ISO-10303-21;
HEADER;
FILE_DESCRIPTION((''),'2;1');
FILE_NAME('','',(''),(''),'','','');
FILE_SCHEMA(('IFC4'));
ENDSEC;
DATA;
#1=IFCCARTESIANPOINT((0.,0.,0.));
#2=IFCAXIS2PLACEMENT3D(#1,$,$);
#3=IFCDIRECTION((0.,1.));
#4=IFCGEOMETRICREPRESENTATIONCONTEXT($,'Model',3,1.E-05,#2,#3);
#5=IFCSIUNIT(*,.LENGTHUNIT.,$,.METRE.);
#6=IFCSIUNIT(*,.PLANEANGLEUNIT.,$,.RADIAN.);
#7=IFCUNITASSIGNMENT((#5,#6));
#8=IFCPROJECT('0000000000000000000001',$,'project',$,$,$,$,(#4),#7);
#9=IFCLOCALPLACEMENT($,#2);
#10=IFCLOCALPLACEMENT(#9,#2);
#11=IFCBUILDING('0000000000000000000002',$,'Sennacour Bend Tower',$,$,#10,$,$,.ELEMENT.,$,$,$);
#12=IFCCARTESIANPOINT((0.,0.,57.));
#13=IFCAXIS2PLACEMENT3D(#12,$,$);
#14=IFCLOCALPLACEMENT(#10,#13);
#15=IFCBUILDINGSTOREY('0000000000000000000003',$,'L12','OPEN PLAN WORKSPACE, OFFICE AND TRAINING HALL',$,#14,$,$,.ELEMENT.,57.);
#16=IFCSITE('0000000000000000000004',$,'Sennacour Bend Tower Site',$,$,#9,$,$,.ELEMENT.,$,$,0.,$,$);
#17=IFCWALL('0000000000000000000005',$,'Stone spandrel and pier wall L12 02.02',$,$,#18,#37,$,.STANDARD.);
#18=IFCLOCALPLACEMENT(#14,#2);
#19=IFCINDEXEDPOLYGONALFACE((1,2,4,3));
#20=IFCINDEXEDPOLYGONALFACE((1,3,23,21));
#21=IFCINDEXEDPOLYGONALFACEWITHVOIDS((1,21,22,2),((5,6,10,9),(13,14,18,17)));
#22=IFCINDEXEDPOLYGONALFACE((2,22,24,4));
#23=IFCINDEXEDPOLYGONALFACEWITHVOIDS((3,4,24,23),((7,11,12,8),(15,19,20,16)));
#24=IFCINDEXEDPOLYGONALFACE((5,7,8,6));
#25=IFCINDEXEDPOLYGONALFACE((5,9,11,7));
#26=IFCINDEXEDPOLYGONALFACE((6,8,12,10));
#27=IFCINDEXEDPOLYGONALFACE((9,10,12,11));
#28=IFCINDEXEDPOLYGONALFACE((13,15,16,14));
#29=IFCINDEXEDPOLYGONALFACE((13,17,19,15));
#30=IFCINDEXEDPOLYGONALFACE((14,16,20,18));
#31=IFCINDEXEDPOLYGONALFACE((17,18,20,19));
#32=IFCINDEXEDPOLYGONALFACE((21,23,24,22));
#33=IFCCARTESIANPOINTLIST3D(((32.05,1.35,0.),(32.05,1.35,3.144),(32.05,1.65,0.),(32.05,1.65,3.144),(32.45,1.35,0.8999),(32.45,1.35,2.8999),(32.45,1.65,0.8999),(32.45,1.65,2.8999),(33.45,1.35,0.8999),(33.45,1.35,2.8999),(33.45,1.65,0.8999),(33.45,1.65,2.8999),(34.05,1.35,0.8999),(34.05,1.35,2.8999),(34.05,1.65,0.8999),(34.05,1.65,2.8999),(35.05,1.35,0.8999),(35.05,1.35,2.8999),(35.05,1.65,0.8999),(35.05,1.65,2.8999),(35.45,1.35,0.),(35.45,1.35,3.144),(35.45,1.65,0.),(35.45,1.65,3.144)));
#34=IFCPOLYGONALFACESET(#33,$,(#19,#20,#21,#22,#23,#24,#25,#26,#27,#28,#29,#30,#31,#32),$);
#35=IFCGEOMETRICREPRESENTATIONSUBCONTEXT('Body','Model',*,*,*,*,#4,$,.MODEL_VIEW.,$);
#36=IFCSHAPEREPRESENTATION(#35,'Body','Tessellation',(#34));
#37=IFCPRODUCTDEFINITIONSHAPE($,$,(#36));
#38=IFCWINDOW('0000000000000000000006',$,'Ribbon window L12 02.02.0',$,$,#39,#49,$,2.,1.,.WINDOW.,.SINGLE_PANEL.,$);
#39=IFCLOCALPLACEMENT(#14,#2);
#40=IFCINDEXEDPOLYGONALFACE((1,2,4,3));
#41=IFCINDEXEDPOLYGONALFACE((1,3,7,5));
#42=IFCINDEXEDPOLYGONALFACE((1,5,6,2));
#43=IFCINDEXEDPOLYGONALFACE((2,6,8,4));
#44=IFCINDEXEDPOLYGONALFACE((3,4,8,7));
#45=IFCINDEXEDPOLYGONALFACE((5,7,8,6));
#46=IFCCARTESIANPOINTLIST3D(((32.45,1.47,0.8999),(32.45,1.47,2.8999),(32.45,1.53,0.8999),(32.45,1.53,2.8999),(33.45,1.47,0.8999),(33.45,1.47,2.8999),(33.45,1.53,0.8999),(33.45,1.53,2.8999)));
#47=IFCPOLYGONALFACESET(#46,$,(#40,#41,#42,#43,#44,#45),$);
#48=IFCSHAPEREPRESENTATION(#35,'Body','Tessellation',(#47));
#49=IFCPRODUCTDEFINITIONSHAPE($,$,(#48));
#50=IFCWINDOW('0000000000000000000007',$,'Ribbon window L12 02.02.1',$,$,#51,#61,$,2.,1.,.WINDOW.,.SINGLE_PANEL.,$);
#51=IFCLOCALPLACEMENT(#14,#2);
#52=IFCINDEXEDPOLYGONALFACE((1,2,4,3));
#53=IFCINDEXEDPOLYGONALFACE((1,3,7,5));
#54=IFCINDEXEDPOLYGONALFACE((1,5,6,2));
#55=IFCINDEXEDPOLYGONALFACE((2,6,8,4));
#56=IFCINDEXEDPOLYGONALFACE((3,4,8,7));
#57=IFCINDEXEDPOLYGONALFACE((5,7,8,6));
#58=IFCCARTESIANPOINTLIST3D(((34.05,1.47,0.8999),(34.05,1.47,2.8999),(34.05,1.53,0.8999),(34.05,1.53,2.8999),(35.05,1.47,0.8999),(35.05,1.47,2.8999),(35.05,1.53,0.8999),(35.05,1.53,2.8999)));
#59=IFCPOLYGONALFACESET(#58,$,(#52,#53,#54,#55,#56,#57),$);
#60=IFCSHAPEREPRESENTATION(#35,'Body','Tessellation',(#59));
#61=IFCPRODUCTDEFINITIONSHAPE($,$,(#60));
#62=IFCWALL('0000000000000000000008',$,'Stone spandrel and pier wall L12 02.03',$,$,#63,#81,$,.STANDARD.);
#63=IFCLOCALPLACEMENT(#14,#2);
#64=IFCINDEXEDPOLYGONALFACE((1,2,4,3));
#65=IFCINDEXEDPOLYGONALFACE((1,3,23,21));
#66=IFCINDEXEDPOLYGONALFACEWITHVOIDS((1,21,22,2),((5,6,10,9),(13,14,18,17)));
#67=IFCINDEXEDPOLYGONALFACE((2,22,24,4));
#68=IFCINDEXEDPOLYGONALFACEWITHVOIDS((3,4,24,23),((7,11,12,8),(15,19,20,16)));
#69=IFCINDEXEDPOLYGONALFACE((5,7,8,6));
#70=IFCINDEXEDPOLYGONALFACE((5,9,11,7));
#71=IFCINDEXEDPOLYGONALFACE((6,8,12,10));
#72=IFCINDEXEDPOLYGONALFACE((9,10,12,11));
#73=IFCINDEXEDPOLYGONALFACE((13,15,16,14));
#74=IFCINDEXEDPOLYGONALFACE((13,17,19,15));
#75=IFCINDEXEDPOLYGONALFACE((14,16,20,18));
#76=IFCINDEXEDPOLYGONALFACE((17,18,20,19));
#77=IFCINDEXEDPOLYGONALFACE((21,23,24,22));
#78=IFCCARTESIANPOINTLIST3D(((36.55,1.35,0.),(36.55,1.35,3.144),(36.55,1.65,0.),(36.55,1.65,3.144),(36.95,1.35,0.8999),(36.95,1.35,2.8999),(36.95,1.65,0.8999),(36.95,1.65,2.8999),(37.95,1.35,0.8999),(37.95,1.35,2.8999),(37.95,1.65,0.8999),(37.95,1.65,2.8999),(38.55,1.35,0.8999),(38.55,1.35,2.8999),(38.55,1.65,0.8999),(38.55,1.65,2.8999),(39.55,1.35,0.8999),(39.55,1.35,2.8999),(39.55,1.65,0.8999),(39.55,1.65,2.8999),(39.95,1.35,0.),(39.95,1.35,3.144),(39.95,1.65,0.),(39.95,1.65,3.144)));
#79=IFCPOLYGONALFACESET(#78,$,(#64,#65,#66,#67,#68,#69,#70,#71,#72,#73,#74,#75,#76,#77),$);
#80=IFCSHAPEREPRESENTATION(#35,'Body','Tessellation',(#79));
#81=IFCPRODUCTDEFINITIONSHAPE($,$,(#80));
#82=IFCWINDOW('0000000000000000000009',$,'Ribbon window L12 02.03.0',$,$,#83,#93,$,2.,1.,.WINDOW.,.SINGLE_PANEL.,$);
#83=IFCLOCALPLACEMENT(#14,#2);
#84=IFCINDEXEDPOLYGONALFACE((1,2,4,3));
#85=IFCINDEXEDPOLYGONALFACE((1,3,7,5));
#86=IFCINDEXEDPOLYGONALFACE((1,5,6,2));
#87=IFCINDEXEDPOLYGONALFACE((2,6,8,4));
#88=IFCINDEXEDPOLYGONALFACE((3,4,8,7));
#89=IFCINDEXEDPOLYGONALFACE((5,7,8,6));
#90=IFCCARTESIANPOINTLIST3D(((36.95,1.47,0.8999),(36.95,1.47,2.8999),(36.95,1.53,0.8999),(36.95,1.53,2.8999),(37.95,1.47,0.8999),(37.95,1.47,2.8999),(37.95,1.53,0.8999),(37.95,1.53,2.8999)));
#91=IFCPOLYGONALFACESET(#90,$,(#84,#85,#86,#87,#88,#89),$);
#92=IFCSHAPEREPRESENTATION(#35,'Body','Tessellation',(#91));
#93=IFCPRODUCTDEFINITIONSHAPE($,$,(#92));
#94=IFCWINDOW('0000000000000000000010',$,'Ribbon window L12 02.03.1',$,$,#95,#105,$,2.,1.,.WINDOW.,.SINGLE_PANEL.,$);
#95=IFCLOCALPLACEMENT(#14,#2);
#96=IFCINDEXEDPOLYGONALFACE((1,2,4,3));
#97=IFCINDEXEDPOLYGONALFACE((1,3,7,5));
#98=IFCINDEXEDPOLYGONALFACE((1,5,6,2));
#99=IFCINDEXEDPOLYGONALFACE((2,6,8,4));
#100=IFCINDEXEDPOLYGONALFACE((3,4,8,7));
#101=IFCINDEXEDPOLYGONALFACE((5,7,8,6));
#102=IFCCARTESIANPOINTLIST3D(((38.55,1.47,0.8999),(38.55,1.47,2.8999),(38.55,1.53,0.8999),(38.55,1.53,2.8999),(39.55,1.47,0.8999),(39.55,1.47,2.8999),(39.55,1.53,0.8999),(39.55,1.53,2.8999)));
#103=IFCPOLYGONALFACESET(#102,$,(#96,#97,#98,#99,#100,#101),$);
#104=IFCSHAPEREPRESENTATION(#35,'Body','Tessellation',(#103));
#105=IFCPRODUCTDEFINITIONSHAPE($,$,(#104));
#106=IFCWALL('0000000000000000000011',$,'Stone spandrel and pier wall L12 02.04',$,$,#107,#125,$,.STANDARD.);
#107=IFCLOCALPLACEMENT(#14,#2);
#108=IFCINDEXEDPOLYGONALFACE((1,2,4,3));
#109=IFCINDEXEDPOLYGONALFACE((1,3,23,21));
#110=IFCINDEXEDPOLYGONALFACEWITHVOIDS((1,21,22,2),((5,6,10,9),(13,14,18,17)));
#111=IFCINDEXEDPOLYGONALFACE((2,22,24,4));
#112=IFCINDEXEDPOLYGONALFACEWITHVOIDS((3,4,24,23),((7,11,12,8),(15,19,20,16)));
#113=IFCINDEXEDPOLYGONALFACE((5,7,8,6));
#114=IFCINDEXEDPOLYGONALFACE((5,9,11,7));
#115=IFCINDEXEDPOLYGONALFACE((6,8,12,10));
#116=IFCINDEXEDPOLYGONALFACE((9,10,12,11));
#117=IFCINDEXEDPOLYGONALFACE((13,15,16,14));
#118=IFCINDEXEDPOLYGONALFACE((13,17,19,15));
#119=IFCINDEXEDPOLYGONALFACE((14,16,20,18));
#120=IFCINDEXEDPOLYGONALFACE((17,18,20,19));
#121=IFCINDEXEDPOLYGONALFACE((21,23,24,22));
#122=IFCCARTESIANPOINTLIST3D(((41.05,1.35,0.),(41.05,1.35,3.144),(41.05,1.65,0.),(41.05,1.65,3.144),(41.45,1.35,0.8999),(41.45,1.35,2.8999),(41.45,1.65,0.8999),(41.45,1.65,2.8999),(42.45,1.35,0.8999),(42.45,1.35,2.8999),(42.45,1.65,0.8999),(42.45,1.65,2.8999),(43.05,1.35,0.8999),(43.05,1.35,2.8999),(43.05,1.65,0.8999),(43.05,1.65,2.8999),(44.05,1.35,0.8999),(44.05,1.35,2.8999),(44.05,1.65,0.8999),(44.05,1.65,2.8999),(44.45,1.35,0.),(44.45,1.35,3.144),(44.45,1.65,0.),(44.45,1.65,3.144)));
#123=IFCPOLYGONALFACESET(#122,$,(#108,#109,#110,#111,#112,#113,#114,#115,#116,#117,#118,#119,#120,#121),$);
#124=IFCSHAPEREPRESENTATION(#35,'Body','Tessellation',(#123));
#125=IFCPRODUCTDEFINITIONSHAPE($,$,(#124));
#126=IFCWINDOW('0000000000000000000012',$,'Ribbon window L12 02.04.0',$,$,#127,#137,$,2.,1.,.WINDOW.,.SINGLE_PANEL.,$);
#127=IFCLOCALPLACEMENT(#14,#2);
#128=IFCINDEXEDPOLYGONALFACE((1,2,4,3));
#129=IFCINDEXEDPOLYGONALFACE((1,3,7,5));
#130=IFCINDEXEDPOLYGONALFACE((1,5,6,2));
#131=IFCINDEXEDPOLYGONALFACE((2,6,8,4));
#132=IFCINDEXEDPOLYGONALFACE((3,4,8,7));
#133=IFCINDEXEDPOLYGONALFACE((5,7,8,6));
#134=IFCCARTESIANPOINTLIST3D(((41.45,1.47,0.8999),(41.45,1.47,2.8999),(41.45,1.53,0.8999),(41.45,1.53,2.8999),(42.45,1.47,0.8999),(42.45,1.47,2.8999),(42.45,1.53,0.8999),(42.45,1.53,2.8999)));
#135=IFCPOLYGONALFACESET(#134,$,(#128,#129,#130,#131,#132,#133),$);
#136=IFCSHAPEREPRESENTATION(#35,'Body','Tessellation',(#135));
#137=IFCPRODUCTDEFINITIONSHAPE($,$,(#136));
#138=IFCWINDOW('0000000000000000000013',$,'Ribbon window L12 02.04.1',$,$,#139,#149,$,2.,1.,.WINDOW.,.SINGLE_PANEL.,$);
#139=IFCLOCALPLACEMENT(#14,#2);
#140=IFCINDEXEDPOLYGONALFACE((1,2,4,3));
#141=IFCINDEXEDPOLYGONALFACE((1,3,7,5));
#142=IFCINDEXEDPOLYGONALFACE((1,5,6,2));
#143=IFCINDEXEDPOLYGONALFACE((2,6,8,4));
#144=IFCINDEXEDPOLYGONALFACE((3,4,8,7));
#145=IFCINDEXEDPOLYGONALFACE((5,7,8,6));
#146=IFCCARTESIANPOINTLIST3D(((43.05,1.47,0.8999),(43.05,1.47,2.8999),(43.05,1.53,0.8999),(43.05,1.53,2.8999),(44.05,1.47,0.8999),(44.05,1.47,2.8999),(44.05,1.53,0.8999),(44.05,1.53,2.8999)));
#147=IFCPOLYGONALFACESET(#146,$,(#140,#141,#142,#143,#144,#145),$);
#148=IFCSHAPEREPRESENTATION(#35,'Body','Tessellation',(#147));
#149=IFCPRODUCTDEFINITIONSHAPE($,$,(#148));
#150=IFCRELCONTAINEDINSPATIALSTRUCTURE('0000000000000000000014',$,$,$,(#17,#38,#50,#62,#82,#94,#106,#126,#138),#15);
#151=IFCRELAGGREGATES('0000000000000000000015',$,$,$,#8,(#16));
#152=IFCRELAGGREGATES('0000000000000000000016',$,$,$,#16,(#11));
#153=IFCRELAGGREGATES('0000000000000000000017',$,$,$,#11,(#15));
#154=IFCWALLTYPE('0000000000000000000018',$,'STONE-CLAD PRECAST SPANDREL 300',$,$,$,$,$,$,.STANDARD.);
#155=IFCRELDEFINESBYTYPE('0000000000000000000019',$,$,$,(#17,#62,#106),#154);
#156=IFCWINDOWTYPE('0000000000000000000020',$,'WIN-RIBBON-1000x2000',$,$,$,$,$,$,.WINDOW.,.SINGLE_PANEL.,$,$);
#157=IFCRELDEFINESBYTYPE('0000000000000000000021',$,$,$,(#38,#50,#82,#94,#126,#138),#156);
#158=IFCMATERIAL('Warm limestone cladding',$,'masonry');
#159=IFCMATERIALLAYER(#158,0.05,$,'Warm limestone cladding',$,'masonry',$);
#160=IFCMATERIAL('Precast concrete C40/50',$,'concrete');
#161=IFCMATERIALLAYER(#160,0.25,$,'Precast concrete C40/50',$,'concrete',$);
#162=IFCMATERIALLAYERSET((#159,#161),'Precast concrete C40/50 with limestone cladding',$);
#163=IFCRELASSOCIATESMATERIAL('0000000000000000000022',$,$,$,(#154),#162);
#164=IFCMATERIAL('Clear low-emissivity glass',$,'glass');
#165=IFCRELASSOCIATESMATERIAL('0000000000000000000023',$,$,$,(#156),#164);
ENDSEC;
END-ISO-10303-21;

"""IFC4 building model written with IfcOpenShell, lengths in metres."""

from ifc_helpers import new_model, si_unit, direction, frame, frame_2d, origin, place, context, subcontext, project, spatial, rectangle, extrude, material, layer, layer_set, type_object, element, fill, save


model = new_model("IFC4")

# Units and contexts
model_context = context("Model", 3, precision=1e-05, world=origin(), true_north=direction((0.0, 1.0)))
body_context = subcontext(model_context, "Body", "Model", "MODEL_VIEW")
ifc_project = project(units=[si_unit("LENGTHUNIT", "METRE"), si_unit("PLANEANGLEUNIT", "RADIAN")], contexts=[model_context])

# Site, building, storey
site_placement = place(None, origin())
site = spatial("IfcSite", under=ifc_project, at=site_placement, Name="Sennacour Bend Tower Site", CompositionType="ELEMENT", RefElevation=0.0)
building_placement = place(site_placement, origin())
building = spatial("IfcBuilding", under=site, at=building_placement, Name="Sennacour Bend Tower", CompositionType="ELEMENT")
storey_placement = place(building_placement, frame((0.0, 0.0, 57.0)))
storey = spatial("IfcBuildingStorey", under=building, at=storey_placement, Name="L12", Description="OPEN PLAN WORKSPACE, OFFICE AND TRAINING HALL", CompositionType="ELEMENT", Elevation=57.0)

# Walls, openings, windows
ifc_material_1 = material(Name="Warm limestone cladding", Category="masonry")
ifc_layer_1 = layer(ifc_material_1, 0.05, Name="Warm limestone cladding", Category="masonry")
ifc_material_2 = material(Name="Precast concrete C40/50", Category="concrete")
ifc_layer_2 = layer(ifc_material_2, 0.25, Name="Precast concrete C40/50", Category="concrete")
ifc_layer_set_1 = layer_set([ifc_layer_1, ifc_layer_2], Name="Precast concrete C40/50 with limestone cladding")
wall_type_1 = type_object("IfcWallType", Name="STONE-CLAD PRECAST SPANDREL 300", PredefinedType="STANDARD", material=ifc_layer_set_1)
wall_1_placement = place(storey_placement, frame((32.05, 1.5, 0.0), z_axis=(0.0, 0.0, 1.0), x_axis=(1.0, 0.0, 0.0)))
wall_1 = element("IfcWall", 1, at=wall_1_placement, inside=storey, type_object=wall_type_1, Name="Stone spandrel and pier wall L12 02.02", PredefinedType="STANDARD", context=body_context, shape_type="SweptSolid", body=[
    extrude(rectangle(XDim=3.3999, YDim=0.3, at=frame_2d((1.7, 0.0))), origin(), (0.0, 0.0, 1.0), 3.144),
])
opening_1_placement = place(wall_1_placement, frame((0.3999, 0.0, 0.8999)))
opening_1 = element("IfcOpeningElement", 2, at=opening_1_placement, cuts=wall_1, PredefinedType="OPENING", context=body_context, shape_type="SweptSolid", body=[
    extrude(rectangle(XDim=1.0, YDim=2.0, at=frame_2d((0.5, 1.0))), frame((0.0, 0.1602, 0.0), z_axis=(0.0, -1.0, 0.0), x_axis=(1.0, 0.0, 0.0)), (0.0, 0.0, 1.0), 0.3201),
])
opening_2_placement = place(wall_1_placement, frame((2.0, 0.0, 0.8999)))
opening_2 = element("IfcOpeningElement", 3, at=opening_2_placement, cuts=wall_1, PredefinedType="OPENING", context=body_context, shape_type="SweptSolid", body=[
    extrude(rectangle(XDim=1.0, YDim=2.0, at=frame_2d((0.5, 1.0))), frame((0.0, 0.1602, 0.0), z_axis=(0.0, -1.0, 0.0), x_axis=(1.0, 0.0, 0.0)), (0.0, 0.0, 1.0), 0.3201),
])
ifc_material_3 = material(Name="Clear low-emissivity glass", Category="glass")
window_type = type_object("IfcWindowType", Name="WIN-RIBBON-1000x2000", PartitioningType="SINGLE_PANEL", PredefinedType="WINDOW", material=ifc_material_3)
window_1_placement = place(opening_1_placement, origin())
window_1 = element("IfcWindow", 4, at=window_1_placement, inside=storey, type_object=window_type, Name="Ribbon window L12 02.02.0", OverallHeight=2.0, OverallWidth=1.0, PartitioningType="SINGLE_PANEL", PredefinedType="WINDOW", context=body_context, shape_type="SweptSolid", body=[
    extrude(rectangle(XDim=1.0, YDim=2.0, at=frame_2d((0.5, 1.0))), frame((0.0, 0.03, 0.0), z_axis=(0.0, -1.0, 0.0), x_axis=(1.0, 0.0, 0.0)), (0.0, 0.0, 1.0), 0.0601),
])
fill(opening_1, window_1)
window_2_placement = place(opening_2_placement, origin())
window_2 = element("IfcWindow", 5, at=window_2_placement, inside=storey, type_object=window_type, Name="Ribbon window L12 02.02.1", OverallHeight=2.0, OverallWidth=1.0, PartitioningType="SINGLE_PANEL", PredefinedType="WINDOW", context=body_context, shape_type="SweptSolid", body=[
    extrude(rectangle(XDim=1.0, YDim=2.0, at=frame_2d((0.5, 1.0))), frame((0.0, 0.03, 0.0), z_axis=(0.0, -1.0, 0.0), x_axis=(1.0, 0.0, 0.0)), (0.0, 0.0, 1.0), 0.0601),
])
fill(opening_2, window_2)
wall_2_placement = place(storey_placement, frame((36.55, 1.5, 0.0), z_axis=(0.0, 0.0, 1.0), x_axis=(1.0, 0.0, 0.0)))
wall_2 = element("IfcWall", 6, at=wall_2_placement, inside=storey, type_object=wall_type_1, Name="Stone spandrel and pier wall L12 02.03", PredefinedType="STANDARD", context=body_context, shape_type="SweptSolid", body=[
    extrude(rectangle(XDim=3.3999, YDim=0.3, at=frame_2d((1.7, 0.0))), origin(), (0.0, 0.0, 1.0), 3.144),
])
opening_3_placement = place(wall_2_placement, frame((0.3999, 0.0, 0.8999)))
opening_3 = element("IfcOpeningElement", 7, at=opening_3_placement, cuts=wall_2, PredefinedType="OPENING", context=body_context, shape_type="SweptSolid", body=[
    extrude(rectangle(XDim=1.0, YDim=2.0, at=frame_2d((0.5, 1.0))), frame((0.0, 0.1602, 0.0), z_axis=(0.0, -1.0, 0.0), x_axis=(1.0, 0.0, 0.0)), (0.0, 0.0, 1.0), 0.3201),
])
opening_4_placement = place(wall_2_placement, frame((2.0, 0.0, 0.8999)))
opening_4 = element("IfcOpeningElement", 8, at=opening_4_placement, cuts=wall_2, PredefinedType="OPENING", context=body_context, shape_type="SweptSolid", body=[
    extrude(rectangle(XDim=1.0, YDim=2.0, at=frame_2d((0.5, 1.0))), frame((0.0, 0.1602, 0.0), z_axis=(0.0, -1.0, 0.0), x_axis=(1.0, 0.0, 0.0)), (0.0, 0.0, 1.0), 0.3201),
])
window_3_placement = place(opening_3_placement, origin())
window_3 = element("IfcWindow", 9, at=window_3_placement, inside=storey, type_object=window_type, Name="Ribbon window L12 02.03.0", OverallHeight=2.0, OverallWidth=1.0, PartitioningType="SINGLE_PANEL", PredefinedType="WINDOW", context=body_context, shape_type="SweptSolid", body=[
    extrude(rectangle(XDim=1.0, YDim=2.0, at=frame_2d((0.5, 1.0))), frame((0.0, 0.03, 0.0), z_axis=(0.0, -1.0, 0.0), x_axis=(1.0, 0.0, 0.0)), (0.0, 0.0, 1.0), 0.0601),
])
fill(opening_3, window_3)
window_4_placement = place(opening_4_placement, origin())
window_4 = element("IfcWindow", 10, at=window_4_placement, inside=storey, type_object=window_type, Name="Ribbon window L12 02.03.1", OverallHeight=2.0, OverallWidth=1.0, PartitioningType="SINGLE_PANEL", PredefinedType="WINDOW", context=body_context, shape_type="SweptSolid", body=[
    extrude(rectangle(XDim=1.0, YDim=2.0, at=frame_2d((0.5, 1.0))), frame((0.0, 0.03, 0.0), z_axis=(0.0, -1.0, 0.0), x_axis=(1.0, 0.0, 0.0)), (0.0, 0.0, 1.0), 0.0601),
])
fill(opening_4, window_4)
wall_3_placement = place(storey_placement, frame((41.05, 1.5, 0.0), z_axis=(0.0, 0.0, 1.0), x_axis=(1.0, 0.0, 0.0)))
wall_3 = element("IfcWall", 11, at=wall_3_placement, inside=storey, type_object=wall_type_1, Name="Stone spandrel and pier wall L12 02.04", PredefinedType="STANDARD", context=body_context, shape_type="SweptSolid", body=[
    extrude(rectangle(XDim=3.3999, YDim=0.3, at=frame_2d((1.7, 0.0))), origin(), (0.0, 0.0, 1.0), 3.144),
])
opening_5_placement = place(wall_3_placement, frame((0.3999, 0.0, 0.8999)))
opening_5 = element("IfcOpeningElement", 12, at=opening_5_placement, cuts=wall_3, PredefinedType="OPENING", context=body_context, shape_type="SweptSolid", body=[
    extrude(rectangle(XDim=1.0, YDim=2.0, at=frame_2d((0.5, 1.0))), frame((0.0, 0.1602, 0.0), z_axis=(0.0, -1.0, 0.0), x_axis=(1.0, 0.0, 0.0)), (0.0, 0.0, 1.0), 0.3201),
])
opening_6_placement = place(wall_3_placement, frame((2.0, 0.0, 0.8999)))
opening_6 = element("IfcOpeningElement", 13, at=opening_6_placement, cuts=wall_3, PredefinedType="OPENING", context=body_context, shape_type="SweptSolid", body=[
    extrude(rectangle(XDim=1.0, YDim=2.0, at=frame_2d((0.5, 1.0))), frame((0.0, 0.1602, 0.0), z_axis=(0.0, -1.0, 0.0), x_axis=(1.0, 0.0, 0.0)), (0.0, 0.0, 1.0), 0.3201),
])
window_5_placement = place(opening_5_placement, origin())
window_5 = element("IfcWindow", 14, at=window_5_placement, inside=storey, type_object=window_type, Name="Ribbon window L12 02.04.0", OverallHeight=2.0, OverallWidth=1.0, PartitioningType="SINGLE_PANEL", PredefinedType="WINDOW", context=body_context, shape_type="SweptSolid", body=[
    extrude(rectangle(XDim=1.0, YDim=2.0, at=frame_2d((0.5, 1.0))), frame((0.0, 0.03, 0.0), z_axis=(0.0, -1.0, 0.0), x_axis=(1.0, 0.0, 0.0)), (0.0, 0.0, 1.0), 0.0601),
])
fill(opening_5, window_5)
window_6_placement = place(opening_6_placement, origin())
window_6 = element("IfcWindow", 15, at=window_6_placement, inside=storey, type_object=window_type, Name="Ribbon window L12 02.04.1", OverallHeight=2.0, OverallWidth=1.0, PartitioningType="SINGLE_PANEL", PredefinedType="WINDOW", context=body_context, shape_type="SweptSolid", body=[
    extrude(rectangle(XDim=1.0, YDim=2.0, at=frame_2d((0.5, 1.0))), frame((0.0, 0.03, 0.0), z_axis=(0.0, -1.0, 0.0), x_axis=(1.0, 0.0, 0.0)), (0.0, 0.0, 1.0), 0.0601),
])
fill(opening_6, window_6)

save(model, "model.ifc")
